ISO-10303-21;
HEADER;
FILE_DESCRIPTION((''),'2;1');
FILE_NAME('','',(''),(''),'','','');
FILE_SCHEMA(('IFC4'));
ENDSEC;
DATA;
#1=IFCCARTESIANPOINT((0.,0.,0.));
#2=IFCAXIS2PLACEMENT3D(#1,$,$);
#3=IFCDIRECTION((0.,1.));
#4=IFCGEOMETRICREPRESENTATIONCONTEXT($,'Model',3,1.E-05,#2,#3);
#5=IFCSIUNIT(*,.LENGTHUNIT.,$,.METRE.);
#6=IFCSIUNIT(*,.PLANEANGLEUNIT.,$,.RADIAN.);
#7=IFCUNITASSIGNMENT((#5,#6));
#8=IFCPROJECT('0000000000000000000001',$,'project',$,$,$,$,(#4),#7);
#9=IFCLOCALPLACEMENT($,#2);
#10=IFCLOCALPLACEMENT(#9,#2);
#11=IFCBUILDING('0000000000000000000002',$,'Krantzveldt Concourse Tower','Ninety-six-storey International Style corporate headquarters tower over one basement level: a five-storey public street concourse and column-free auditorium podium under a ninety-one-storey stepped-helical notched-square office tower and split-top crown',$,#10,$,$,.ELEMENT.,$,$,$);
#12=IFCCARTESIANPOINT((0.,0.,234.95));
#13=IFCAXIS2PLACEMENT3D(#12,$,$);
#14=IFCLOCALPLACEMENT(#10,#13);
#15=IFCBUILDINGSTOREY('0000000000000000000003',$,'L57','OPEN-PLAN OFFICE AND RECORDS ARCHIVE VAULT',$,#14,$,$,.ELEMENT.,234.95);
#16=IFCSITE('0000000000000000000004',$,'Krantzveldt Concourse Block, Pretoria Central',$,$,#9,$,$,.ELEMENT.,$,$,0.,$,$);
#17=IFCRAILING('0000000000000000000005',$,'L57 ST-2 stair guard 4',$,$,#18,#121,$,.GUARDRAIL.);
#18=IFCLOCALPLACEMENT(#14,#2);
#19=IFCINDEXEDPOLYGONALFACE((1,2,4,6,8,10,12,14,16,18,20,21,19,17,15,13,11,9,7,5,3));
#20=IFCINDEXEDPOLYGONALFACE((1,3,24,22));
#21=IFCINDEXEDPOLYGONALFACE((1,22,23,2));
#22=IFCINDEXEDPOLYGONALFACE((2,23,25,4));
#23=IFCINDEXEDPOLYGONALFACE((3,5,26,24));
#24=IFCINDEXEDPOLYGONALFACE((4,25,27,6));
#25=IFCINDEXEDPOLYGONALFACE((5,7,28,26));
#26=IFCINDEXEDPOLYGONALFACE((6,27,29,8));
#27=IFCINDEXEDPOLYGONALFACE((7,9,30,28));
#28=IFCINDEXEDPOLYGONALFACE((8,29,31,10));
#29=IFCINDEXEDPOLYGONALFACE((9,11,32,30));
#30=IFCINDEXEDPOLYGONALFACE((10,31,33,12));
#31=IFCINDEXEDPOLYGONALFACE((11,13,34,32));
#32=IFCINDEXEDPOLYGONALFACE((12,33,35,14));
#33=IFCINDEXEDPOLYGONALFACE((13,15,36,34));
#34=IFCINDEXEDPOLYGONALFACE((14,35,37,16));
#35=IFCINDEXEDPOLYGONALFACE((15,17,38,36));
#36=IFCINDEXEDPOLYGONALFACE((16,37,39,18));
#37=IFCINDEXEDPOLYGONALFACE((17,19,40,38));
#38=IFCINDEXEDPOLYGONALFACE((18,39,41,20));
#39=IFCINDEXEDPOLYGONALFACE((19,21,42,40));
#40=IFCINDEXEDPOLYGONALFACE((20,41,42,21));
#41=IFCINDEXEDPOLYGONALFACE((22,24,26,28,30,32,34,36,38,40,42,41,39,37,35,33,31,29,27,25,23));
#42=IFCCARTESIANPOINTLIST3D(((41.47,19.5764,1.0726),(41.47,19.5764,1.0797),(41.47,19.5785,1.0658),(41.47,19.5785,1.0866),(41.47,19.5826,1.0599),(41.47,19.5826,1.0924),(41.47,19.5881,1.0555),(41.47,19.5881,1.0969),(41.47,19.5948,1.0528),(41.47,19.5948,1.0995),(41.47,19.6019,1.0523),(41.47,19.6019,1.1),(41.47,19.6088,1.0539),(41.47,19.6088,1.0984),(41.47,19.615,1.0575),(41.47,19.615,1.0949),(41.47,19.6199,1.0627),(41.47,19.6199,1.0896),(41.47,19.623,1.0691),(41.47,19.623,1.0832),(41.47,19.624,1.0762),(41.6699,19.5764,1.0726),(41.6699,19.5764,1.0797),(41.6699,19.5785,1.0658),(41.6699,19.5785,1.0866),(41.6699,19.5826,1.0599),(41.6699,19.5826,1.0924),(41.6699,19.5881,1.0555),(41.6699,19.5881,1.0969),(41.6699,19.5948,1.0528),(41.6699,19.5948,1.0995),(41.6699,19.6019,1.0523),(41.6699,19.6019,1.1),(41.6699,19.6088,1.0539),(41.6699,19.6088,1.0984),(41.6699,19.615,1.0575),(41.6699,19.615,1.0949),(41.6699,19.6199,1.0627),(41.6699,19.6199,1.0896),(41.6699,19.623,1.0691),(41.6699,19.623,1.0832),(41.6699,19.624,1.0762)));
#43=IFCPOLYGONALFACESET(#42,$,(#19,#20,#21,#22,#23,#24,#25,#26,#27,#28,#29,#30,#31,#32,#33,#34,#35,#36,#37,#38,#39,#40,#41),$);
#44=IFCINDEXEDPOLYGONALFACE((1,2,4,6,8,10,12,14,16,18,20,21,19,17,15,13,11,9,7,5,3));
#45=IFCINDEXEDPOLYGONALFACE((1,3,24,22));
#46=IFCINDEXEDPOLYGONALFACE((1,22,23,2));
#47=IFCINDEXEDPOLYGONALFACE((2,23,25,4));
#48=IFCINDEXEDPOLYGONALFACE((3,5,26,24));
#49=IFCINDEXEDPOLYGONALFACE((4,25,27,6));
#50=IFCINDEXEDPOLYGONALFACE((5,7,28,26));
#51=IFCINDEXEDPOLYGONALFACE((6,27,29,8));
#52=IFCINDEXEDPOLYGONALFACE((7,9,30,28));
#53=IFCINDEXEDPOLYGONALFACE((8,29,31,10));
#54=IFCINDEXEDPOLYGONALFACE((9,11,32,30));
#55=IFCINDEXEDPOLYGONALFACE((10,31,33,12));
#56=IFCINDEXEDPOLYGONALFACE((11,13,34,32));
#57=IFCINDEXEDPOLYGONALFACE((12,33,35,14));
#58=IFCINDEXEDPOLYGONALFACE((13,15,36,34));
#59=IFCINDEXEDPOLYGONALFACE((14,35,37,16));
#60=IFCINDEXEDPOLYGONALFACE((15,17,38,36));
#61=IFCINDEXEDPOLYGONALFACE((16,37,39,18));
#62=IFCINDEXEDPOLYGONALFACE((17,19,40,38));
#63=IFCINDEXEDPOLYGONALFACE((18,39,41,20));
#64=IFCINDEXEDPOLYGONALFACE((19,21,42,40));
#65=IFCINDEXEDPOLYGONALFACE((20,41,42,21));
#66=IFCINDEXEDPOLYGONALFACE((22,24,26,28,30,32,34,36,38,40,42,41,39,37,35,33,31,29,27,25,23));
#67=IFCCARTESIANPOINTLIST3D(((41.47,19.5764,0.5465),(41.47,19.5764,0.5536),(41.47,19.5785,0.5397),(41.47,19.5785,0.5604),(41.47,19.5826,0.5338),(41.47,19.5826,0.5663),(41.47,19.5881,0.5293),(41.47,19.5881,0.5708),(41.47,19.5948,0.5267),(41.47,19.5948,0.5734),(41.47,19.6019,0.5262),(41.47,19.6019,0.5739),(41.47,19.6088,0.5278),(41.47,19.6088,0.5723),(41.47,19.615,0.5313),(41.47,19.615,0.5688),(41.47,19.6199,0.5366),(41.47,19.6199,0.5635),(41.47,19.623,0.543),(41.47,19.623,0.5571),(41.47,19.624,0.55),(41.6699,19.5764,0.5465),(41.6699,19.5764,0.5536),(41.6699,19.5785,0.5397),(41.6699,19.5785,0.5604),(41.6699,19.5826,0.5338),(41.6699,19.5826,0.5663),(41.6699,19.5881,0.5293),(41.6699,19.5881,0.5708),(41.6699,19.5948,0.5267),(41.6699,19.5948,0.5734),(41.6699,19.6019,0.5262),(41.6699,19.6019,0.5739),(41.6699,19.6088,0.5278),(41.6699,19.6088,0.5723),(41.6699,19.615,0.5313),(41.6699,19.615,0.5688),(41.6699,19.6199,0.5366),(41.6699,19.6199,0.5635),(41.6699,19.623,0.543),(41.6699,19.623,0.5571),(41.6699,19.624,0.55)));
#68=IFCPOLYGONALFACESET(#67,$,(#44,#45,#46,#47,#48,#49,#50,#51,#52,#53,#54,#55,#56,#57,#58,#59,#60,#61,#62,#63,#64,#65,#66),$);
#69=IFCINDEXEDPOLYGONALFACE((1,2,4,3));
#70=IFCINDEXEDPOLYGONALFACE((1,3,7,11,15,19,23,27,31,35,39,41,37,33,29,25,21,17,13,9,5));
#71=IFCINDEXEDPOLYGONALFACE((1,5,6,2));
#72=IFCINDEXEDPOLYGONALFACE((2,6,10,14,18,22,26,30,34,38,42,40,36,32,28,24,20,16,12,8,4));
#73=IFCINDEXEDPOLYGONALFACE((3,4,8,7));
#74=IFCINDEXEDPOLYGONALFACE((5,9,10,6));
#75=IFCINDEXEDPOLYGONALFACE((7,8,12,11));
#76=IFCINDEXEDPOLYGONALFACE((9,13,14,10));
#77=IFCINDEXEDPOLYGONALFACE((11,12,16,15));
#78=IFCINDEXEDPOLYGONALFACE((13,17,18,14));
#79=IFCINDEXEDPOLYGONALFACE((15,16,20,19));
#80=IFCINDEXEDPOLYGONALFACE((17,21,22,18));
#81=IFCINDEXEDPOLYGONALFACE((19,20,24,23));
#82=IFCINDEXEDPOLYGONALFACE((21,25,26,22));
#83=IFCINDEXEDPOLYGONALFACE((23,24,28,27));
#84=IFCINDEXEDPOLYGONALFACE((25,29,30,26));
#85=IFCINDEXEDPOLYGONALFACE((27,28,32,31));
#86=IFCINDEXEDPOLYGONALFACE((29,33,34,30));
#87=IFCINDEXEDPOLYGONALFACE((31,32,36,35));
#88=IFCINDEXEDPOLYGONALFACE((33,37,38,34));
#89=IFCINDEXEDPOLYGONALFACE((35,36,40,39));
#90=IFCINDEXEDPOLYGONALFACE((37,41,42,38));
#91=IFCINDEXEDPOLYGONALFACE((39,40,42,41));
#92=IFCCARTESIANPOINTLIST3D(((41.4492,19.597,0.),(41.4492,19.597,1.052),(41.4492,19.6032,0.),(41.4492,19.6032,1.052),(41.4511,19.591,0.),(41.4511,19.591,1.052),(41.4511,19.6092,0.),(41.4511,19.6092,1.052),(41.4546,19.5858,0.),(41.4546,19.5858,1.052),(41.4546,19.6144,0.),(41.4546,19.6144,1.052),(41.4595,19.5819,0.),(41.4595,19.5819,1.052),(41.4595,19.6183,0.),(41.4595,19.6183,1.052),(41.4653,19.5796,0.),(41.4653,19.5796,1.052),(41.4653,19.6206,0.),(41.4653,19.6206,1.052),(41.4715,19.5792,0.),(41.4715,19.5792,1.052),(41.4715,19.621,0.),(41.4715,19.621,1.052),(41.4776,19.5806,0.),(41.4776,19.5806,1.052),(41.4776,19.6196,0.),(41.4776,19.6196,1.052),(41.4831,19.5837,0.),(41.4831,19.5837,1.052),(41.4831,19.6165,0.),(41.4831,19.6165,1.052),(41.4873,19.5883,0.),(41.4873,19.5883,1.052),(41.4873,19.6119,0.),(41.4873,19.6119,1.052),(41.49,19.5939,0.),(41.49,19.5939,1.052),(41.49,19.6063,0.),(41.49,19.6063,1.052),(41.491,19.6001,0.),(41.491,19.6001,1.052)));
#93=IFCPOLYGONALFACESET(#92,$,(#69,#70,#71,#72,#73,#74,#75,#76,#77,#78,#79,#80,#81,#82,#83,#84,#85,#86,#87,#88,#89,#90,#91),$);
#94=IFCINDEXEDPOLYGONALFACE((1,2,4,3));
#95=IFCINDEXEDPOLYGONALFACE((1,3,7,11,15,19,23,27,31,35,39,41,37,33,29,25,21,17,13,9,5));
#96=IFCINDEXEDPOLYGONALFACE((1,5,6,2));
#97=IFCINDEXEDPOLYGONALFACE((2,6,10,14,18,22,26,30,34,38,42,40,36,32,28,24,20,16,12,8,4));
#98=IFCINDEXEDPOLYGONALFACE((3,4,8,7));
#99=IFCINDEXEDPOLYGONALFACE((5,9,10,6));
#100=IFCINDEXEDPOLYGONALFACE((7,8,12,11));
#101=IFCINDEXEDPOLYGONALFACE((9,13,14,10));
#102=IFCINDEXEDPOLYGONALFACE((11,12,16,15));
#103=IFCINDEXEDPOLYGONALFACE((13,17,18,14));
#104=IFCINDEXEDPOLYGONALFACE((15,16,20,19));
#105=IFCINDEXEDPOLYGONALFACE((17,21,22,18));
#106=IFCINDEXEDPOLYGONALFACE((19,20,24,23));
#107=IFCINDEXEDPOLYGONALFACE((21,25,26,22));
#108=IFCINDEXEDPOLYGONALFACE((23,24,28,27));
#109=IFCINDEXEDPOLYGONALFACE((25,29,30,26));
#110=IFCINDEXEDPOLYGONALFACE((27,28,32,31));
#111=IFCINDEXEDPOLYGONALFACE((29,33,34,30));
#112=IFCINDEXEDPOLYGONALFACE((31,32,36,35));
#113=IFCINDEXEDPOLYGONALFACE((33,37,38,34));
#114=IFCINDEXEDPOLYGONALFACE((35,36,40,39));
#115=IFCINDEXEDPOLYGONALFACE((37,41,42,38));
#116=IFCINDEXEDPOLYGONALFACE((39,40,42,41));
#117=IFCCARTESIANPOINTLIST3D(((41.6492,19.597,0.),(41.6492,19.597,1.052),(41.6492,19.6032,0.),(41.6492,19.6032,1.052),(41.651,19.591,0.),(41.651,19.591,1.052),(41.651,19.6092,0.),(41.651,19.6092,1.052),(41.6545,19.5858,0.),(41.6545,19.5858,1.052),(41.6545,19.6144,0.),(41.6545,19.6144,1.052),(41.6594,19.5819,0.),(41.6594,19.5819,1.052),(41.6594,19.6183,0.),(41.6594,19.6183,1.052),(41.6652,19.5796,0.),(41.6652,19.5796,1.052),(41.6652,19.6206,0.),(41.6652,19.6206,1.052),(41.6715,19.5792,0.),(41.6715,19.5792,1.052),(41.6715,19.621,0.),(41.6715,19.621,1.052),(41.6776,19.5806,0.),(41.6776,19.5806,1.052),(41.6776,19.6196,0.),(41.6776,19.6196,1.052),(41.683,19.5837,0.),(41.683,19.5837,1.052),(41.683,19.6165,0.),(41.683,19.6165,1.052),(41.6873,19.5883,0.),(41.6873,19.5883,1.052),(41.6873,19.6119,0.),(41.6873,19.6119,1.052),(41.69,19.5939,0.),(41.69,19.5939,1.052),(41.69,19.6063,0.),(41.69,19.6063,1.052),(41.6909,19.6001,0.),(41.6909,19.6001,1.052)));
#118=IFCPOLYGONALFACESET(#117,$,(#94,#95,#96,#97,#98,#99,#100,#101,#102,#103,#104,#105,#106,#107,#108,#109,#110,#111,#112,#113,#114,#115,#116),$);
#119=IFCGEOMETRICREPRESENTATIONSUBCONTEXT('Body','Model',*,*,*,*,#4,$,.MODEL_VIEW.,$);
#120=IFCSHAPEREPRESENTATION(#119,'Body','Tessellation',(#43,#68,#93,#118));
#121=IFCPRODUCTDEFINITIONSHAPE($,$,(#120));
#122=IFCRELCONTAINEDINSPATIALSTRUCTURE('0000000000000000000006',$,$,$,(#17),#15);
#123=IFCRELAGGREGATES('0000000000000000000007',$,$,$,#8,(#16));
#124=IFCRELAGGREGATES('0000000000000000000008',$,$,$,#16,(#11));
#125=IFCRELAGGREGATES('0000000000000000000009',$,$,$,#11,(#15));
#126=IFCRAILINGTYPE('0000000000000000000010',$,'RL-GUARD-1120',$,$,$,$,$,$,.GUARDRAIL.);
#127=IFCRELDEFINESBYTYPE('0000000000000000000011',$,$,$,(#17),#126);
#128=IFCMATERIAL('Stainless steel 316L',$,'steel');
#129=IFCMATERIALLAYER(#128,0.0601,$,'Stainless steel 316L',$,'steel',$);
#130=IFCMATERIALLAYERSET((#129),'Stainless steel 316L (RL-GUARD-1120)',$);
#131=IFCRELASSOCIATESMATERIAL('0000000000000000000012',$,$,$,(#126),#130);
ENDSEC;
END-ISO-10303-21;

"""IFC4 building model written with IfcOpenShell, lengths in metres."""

from ifc_helpers import new_model, si_unit, direction, frame, origin, origin_2d, place, context, subcontext, project, spatial, circle, extrude, material, layer, layer_set, type_object, element, save


model = new_model("IFC4")

# Units and contexts
model_context = context("Model", 3, precision=1e-05, world=origin(), true_north=direction((0.0, 1.0)))
body_context = subcontext(model_context, "Body", "Model", "MODEL_VIEW")
ifc_project = project(units=[si_unit("LENGTHUNIT", "METRE"), si_unit("PLANEANGLEUNIT", "RADIAN")], contexts=[model_context])

# Site, building, storey
site_placement = place(None, origin())
site = spatial("IfcSite", under=ifc_project, at=site_placement, Name="Krantzveldt Concourse Block, Pretoria Central", CompositionType="ELEMENT", RefElevation=0.0)
building_placement = place(site_placement, origin())
building = spatial("IfcBuilding", under=site, at=building_placement, Name="Krantzveldt Concourse Tower", Description="Ninety-six-storey International Style corporate headquarters tower over one basement level: a five-storey public street concourse and column-free auditorium podium under a ninety-one-storey stepped-helical notched-square office tower and split-top crown", CompositionType="ELEMENT")
storey_placement = place(building_placement, frame((0.0, 0.0, 234.95)))
storey = spatial("IfcBuildingStorey", under=building, at=storey_placement, Name="L57", Description="OPEN-PLAN OFFICE AND RECORDS ARCHIVE VAULT", CompositionType="ELEMENT", Elevation=234.95)

# Shared definitions
ifc_material_1 = material(Name="Stainless steel 316L", Category="steel")

# Railing
ifc_layer_1 = layer(ifc_material_1, 0.0601, Name="Stainless steel 316L", Category="steel")
ifc_layer_set_1 = layer_set([ifc_layer_1], Name="Stainless steel 316L (RL-GUARD-1120)")
railing_type_1 = type_object("IfcRailingType", Name="RL-GUARD-1120", PredefinedType="GUARDRAIL", material=ifc_layer_set_1)
railing_1_placement = place(storey_placement, frame((41.47, 19.6001, 0.0)))
element("IfcRailing", 1, at=railing_1_placement, inside=storey, type_object=railing_type_1, Name="L57 ST-2 stair guard 4", PredefinedType="GUARDRAIL", context=body_context, shape_type="SweptSolid", body=[
    extrude(circle(Radius=0.0239, at=origin_2d()), frame((0.0, 0.0, 1.0762), z_axis=(1.0, 0.0, 0.0), x_axis=(0.0, 1.0, 0.0)), (0.0, 0.0, 1.0), 0.2),
    extrude(circle(Radius=0.0239, at=origin_2d()), frame((0.0, 0.0, 0.55), z_axis=(1.0, 0.0, 0.0), x_axis=(0.0, 1.0, 0.0)), (0.0, 0.0, 1.0), 0.2),
    extrude(circle(Radius=0.021, at=origin_2d()), origin(), (0.0, 0.0, 1.0), 1.052),
    extrude(circle(Radius=0.021, at=origin_2d()), frame((0.2, 0.0, 0.0)), (0.0, 0.0, 1.0), 1.052),
])

save(model, "model.ifc")
